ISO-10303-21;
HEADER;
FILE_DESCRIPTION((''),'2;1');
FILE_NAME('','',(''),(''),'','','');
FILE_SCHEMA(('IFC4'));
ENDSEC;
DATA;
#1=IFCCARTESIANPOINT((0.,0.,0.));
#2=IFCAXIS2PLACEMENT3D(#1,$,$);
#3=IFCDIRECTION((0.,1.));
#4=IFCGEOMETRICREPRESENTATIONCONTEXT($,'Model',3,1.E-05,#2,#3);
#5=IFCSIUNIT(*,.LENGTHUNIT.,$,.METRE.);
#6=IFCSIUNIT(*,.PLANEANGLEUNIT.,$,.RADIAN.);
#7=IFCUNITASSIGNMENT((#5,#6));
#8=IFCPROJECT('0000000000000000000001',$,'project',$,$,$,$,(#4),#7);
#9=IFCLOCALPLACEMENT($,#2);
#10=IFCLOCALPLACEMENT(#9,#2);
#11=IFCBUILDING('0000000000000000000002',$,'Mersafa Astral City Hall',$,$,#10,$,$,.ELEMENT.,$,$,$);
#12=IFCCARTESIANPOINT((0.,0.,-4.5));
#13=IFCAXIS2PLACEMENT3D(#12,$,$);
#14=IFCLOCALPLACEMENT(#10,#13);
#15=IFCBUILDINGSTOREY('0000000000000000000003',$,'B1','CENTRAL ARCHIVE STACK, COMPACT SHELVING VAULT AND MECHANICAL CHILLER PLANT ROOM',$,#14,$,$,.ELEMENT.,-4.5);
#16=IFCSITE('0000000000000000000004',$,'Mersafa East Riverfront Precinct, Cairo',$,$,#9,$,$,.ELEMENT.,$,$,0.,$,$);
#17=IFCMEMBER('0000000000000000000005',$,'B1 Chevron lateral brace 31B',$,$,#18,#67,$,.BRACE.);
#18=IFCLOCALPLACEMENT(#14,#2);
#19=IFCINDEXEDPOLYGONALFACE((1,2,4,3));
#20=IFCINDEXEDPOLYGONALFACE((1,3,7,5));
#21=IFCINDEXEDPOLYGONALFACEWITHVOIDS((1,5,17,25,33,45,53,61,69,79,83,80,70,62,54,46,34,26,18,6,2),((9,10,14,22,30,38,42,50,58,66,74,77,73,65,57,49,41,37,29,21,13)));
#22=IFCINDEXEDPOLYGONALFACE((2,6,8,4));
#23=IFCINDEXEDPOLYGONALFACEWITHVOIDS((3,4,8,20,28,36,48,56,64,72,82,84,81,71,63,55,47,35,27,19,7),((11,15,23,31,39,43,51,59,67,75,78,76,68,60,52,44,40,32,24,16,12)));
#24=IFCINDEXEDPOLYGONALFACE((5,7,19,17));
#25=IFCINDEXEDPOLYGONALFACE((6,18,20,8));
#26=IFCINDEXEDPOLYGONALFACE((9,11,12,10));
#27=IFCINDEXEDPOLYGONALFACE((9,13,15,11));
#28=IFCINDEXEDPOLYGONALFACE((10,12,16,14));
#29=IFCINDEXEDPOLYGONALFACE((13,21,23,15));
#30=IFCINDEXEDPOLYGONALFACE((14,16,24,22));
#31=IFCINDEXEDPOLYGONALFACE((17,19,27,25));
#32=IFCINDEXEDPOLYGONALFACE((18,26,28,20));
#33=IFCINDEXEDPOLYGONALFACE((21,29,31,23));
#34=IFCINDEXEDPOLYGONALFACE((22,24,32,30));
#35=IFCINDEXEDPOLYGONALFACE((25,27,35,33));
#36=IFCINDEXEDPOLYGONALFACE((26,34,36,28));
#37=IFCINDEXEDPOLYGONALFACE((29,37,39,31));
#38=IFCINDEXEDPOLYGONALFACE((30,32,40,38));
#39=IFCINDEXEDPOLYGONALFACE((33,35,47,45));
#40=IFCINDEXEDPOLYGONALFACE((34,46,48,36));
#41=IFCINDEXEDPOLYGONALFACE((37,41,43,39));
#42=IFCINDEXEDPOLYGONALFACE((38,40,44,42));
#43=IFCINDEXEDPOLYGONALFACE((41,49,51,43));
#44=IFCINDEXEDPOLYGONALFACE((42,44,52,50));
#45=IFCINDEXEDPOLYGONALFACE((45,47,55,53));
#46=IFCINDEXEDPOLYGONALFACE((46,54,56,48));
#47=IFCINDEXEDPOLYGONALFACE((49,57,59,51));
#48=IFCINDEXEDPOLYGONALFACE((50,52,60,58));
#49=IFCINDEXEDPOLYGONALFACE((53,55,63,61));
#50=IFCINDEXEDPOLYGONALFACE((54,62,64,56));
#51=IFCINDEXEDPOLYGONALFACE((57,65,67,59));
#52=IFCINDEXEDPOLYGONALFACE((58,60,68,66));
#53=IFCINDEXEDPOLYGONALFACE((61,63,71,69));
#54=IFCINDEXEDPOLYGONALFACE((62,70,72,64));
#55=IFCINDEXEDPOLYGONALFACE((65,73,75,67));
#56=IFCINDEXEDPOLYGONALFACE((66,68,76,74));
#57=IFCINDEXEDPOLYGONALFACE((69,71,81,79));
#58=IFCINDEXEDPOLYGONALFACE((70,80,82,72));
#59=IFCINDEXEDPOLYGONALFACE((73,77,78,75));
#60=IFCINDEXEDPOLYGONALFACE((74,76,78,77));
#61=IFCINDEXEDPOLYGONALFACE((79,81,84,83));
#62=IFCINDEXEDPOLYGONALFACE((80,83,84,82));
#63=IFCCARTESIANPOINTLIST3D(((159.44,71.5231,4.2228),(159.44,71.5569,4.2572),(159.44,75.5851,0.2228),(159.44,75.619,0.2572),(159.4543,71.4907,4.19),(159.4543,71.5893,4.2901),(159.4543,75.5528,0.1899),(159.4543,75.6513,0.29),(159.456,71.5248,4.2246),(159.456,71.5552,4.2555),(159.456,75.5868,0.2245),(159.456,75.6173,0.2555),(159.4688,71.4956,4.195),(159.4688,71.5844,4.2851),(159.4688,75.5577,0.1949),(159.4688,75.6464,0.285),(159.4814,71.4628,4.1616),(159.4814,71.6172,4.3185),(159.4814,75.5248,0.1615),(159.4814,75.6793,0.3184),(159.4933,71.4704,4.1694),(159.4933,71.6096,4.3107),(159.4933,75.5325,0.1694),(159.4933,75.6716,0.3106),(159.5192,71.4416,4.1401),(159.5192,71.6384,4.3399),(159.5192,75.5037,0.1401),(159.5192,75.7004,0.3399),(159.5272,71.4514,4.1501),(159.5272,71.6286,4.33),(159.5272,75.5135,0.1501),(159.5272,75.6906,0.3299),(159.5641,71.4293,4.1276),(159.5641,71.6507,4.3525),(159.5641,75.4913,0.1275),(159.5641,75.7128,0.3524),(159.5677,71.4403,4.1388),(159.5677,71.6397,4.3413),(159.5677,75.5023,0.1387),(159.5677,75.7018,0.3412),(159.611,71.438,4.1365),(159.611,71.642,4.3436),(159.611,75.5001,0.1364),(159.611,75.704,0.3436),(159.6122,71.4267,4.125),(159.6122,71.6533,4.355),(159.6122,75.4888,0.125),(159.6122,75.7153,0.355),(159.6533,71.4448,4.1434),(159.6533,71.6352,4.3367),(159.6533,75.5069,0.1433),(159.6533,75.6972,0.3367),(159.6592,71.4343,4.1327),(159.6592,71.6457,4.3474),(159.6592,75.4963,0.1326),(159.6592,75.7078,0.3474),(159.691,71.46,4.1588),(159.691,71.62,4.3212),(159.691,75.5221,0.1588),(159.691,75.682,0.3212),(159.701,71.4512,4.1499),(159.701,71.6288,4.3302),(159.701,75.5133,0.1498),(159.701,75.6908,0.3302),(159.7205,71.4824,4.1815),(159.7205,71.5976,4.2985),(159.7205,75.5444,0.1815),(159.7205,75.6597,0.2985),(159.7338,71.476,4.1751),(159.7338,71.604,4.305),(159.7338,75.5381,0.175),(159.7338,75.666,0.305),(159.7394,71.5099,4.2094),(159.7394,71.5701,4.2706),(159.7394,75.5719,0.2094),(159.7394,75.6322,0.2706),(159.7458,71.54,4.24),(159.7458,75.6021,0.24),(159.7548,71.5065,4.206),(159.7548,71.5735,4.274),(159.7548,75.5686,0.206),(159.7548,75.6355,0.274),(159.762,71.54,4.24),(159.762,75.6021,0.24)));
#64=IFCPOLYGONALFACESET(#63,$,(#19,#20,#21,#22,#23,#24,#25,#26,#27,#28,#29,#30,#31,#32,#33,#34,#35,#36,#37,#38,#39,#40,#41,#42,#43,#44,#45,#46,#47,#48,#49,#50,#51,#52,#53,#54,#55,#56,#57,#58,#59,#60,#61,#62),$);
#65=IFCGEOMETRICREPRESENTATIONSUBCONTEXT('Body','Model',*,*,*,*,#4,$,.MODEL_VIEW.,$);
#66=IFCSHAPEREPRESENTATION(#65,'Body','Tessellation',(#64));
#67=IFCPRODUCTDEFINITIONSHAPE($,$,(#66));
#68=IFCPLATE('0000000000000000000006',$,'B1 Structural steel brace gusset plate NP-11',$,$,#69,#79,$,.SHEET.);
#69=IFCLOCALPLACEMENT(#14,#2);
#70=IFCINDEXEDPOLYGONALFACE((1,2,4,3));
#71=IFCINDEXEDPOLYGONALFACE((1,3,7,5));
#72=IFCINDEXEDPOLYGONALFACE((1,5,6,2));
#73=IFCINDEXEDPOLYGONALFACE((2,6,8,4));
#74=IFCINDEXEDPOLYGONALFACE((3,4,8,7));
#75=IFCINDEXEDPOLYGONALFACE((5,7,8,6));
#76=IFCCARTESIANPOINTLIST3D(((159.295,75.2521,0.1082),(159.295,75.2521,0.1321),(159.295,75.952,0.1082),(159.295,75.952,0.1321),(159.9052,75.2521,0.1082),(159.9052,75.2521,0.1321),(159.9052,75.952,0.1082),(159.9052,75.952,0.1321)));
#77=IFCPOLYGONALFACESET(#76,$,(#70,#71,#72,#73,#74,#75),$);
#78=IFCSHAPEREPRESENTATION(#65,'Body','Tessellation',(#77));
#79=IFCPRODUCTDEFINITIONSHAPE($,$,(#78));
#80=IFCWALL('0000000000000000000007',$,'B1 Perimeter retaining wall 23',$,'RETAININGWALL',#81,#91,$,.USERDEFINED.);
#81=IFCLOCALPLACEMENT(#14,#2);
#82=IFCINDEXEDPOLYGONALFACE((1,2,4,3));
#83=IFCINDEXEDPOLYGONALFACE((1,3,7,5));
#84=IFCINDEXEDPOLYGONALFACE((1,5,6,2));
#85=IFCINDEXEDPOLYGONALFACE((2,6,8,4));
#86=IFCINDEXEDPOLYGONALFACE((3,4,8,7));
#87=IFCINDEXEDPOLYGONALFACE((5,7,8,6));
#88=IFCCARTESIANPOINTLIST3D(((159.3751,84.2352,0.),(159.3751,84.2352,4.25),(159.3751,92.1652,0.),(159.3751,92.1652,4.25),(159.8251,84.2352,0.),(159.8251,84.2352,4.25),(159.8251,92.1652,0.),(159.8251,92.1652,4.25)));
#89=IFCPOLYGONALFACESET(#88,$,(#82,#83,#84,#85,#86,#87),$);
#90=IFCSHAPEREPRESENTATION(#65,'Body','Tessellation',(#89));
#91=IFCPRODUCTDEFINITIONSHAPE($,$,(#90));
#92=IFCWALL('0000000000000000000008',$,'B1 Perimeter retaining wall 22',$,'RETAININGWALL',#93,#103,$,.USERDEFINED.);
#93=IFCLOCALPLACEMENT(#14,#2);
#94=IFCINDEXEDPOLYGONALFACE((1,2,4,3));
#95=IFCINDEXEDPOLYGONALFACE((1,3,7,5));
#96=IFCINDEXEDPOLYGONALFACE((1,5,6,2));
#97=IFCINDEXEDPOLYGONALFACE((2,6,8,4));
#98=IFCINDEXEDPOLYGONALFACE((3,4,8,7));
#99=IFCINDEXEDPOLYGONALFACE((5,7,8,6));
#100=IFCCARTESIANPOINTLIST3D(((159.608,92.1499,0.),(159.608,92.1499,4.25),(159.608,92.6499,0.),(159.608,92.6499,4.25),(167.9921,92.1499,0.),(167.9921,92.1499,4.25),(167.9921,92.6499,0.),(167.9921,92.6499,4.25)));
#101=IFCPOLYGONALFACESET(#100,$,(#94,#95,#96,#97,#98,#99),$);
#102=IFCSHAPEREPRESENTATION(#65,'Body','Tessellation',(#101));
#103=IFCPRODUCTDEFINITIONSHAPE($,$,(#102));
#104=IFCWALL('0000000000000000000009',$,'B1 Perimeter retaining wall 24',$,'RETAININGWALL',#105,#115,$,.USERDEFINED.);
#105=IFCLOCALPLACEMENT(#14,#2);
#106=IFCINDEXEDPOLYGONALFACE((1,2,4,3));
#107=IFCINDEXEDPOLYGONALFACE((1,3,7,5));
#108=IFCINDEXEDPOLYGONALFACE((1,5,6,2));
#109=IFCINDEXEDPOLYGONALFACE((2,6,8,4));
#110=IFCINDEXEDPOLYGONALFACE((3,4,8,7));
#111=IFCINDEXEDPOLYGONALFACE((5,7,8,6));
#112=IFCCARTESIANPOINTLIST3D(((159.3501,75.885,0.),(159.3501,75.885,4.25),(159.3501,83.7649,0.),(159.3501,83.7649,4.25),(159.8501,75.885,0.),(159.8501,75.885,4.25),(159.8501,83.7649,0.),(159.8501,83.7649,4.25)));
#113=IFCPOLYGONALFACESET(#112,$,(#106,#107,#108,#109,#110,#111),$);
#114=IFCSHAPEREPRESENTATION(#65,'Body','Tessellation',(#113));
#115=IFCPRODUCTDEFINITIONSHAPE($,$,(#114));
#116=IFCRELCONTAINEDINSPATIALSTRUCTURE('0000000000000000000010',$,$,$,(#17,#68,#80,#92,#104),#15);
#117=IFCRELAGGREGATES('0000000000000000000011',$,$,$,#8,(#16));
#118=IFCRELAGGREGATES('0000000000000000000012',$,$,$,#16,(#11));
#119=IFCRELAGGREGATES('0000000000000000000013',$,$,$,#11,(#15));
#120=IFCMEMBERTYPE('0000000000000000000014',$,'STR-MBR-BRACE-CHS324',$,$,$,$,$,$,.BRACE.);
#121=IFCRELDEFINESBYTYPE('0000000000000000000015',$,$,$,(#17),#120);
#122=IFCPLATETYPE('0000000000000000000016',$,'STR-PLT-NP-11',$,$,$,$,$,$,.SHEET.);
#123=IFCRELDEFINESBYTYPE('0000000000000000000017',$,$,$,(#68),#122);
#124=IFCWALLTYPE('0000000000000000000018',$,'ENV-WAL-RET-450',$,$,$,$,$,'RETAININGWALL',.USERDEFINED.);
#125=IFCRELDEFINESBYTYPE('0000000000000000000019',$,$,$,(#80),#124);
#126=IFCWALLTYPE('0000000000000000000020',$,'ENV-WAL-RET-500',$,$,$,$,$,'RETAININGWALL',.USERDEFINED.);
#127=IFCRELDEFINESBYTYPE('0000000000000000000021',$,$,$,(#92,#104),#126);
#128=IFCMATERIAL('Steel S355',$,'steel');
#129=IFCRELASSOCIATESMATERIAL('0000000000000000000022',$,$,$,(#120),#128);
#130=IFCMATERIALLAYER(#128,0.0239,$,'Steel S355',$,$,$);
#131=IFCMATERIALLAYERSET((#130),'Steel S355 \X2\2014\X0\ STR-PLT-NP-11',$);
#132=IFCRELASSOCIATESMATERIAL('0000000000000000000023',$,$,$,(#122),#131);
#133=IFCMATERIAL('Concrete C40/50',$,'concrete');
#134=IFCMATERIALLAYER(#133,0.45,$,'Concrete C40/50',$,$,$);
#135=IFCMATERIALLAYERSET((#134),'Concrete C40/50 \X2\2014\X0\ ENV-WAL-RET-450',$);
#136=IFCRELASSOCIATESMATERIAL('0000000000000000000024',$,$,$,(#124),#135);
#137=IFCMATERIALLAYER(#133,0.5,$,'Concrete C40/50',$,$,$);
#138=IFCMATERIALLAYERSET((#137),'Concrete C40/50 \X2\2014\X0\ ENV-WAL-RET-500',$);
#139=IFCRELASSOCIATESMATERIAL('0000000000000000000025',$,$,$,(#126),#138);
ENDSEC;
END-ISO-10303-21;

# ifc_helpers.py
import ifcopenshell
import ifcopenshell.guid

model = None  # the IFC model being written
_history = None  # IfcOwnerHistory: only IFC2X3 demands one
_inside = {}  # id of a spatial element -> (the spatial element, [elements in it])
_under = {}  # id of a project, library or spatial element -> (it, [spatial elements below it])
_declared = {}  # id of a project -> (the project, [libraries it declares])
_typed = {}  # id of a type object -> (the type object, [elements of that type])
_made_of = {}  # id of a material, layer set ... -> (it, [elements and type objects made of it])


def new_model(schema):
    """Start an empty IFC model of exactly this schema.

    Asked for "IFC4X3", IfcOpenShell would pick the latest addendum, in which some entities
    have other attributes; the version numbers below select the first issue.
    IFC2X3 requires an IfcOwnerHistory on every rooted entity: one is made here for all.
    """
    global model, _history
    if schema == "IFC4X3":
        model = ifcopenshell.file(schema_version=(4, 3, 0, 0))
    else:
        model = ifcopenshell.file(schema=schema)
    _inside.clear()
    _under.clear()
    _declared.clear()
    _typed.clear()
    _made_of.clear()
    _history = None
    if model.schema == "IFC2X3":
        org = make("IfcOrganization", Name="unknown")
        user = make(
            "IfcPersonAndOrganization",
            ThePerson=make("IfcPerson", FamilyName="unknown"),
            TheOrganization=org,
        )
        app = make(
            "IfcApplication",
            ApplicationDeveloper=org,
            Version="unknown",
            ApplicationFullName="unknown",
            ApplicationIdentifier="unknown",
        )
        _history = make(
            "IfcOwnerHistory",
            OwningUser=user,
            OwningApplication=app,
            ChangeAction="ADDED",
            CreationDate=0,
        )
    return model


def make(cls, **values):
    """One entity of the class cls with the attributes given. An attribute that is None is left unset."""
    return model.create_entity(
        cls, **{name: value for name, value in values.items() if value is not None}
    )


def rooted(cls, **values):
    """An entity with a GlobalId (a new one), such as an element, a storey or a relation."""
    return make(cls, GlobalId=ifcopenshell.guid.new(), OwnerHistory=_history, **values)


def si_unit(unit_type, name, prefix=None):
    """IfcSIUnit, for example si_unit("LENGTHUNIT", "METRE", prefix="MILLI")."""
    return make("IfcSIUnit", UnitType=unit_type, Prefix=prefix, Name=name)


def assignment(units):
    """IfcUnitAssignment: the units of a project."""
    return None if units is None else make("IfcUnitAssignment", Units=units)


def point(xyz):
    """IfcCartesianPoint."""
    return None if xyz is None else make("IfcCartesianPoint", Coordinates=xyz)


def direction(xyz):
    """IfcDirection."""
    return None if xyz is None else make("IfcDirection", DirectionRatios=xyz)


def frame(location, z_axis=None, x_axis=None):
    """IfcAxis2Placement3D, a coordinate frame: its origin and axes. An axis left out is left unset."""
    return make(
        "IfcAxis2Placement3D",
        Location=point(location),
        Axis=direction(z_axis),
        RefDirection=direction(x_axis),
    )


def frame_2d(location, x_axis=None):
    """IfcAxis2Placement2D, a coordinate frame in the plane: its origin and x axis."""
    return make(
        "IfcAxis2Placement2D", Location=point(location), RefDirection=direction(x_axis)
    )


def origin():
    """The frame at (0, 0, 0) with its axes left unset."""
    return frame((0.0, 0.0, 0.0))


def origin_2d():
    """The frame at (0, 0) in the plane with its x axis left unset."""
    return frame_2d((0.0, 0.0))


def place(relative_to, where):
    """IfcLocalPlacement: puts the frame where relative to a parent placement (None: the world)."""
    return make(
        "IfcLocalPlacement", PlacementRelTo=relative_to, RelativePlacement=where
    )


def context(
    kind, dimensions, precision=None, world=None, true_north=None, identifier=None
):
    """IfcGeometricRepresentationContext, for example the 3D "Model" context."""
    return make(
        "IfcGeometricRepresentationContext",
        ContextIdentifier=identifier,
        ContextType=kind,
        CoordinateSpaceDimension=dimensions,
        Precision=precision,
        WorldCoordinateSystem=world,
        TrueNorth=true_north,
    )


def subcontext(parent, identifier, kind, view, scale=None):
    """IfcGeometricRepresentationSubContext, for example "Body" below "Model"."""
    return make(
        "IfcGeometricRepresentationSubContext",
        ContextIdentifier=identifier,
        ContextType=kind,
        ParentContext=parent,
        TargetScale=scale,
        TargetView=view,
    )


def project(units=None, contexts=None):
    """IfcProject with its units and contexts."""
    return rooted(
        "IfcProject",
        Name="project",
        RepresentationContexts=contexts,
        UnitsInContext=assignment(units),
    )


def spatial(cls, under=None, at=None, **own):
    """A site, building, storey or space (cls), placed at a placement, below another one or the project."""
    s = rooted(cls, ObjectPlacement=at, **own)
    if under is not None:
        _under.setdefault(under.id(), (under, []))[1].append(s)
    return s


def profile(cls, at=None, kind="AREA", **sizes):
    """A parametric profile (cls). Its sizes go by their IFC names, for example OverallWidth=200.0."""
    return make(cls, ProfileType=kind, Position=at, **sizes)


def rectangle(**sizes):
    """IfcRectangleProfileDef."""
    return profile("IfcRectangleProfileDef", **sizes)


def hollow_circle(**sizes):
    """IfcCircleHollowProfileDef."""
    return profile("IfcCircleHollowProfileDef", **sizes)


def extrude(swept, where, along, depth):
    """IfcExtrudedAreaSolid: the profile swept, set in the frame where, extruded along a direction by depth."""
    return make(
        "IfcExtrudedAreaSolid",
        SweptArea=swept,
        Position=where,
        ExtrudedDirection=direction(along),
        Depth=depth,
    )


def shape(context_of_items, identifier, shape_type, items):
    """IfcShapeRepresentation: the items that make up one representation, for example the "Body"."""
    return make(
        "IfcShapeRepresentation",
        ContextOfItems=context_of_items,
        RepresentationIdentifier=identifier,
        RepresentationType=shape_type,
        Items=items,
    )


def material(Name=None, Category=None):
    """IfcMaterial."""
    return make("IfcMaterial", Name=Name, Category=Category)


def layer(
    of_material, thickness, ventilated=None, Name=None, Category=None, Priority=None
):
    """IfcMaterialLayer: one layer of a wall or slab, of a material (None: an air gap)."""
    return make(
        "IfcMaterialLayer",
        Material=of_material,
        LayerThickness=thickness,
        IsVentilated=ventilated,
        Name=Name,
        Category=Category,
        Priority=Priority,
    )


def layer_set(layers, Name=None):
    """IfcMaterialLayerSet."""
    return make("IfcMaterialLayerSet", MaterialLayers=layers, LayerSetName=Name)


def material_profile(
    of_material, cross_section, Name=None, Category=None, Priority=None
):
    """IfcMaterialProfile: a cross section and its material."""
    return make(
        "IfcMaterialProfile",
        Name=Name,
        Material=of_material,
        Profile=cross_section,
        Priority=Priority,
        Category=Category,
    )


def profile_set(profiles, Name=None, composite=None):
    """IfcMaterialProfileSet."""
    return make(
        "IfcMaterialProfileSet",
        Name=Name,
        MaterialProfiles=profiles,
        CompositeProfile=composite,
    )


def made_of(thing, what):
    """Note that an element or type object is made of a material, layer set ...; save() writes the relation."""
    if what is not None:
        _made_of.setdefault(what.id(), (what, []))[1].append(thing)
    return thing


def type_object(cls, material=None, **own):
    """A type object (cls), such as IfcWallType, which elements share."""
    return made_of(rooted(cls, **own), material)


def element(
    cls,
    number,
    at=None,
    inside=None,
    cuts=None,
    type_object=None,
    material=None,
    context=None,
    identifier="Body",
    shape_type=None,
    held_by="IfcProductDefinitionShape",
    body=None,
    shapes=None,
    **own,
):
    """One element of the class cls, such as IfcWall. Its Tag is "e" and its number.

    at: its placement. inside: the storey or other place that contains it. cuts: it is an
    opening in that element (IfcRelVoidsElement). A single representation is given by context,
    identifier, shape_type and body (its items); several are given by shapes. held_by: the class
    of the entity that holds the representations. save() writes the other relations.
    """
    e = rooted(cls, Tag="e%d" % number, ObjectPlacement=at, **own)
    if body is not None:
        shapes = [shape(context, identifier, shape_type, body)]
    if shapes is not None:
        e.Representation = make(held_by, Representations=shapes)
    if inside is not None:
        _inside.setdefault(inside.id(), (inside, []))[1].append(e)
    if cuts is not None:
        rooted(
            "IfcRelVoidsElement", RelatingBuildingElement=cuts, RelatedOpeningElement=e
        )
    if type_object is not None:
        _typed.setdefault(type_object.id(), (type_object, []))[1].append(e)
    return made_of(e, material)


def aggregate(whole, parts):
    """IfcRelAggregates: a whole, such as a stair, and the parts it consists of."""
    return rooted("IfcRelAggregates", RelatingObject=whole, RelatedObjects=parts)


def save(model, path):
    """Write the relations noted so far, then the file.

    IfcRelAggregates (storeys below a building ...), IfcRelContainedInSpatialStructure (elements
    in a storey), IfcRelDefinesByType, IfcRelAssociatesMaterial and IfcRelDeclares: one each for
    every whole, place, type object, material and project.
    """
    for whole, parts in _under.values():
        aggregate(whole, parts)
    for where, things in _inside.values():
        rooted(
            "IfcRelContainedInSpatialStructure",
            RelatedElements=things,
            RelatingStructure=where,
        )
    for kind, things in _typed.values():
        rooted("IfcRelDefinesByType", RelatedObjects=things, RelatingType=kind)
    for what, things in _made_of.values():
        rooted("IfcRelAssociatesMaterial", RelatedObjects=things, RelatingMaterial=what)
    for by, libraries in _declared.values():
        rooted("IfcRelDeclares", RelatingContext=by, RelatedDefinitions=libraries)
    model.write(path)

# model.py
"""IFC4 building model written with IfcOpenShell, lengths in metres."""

from ifc_helpers import new_model, si_unit, direction, frame, frame_2d, origin, origin_2d, place, context, subcontext, project, spatial, rectangle, hollow_circle, extrude, material, layer, layer_set, material_profile, profile_set, type_object, element, save


model = new_model("IFC4")

# Units and contexts
model_context = context("Model", 3, precision=1e-05, world=origin(), true_north=direction((0.0, 1.0)))
body_context = subcontext(model_context, "Body", "Model", "MODEL_VIEW")
ifc_project = project(units=[si_unit("LENGTHUNIT", "METRE"), si_unit("PLANEANGLEUNIT", "RADIAN")], contexts=[model_context])

# Site, building, storey
site_placement = place(None, origin())
site = spatial("IfcSite", under=ifc_project, at=site_placement, Name="Mersafa East Riverfront Precinct, Cairo", CompositionType="ELEMENT", RefElevation=0.0)
building_placement = place(site_placement, origin())
building = spatial("IfcBuilding", under=site, at=building_placement, Name="Mersafa Astral City Hall", CompositionType="ELEMENT")
storey_placement = place(building_placement, frame((0.0, 0.0, -4.5)))
storey = spatial("IfcBuildingStorey", under=building, at=storey_placement, Name="B1", Description="CENTRAL ARCHIVE STACK, COMPACT SHELVING VAULT AND MECHANICAL CHILLER PLANT ROOM", CompositionType="ELEMENT", Elevation=-4.5)

# Shared definitions
ifc_material_1 = material(Name="Concrete C40/50", Category="concrete")

# Shared definitions
ifc_material_2 = material(Name="Steel S355", Category="steel")

# Member
ifc_material_profile_1 = material_profile(ifc_material_2, hollow_circle(Radius=0.1619, WallThickness=0.0161, at=origin_2d()), Name="CHS 323.9x16")
ifc_profile_set_1 = profile_set([ifc_material_profile_1], Name="Steel S355")
member_type = type_object("IfcMemberType", Name="STR-MBR-BRACE-CHS324", PredefinedType="BRACE", material=ifc_profile_set_1)
member_placement = place(storey_placement, frame((159.6001, 75.6021, 0.24), z_axis=(0.0, -0.712525, 0.701647), x_axis=(1.0, 0.0, 0.0)))
element("IfcMember", 1, at=member_placement, inside=storey, type_object=member_type, Name="B1 Chevron lateral brace 31B", PredefinedType="BRACE", context=body_context, shape_type="SweptSolid", body=[
    extrude(hollow_circle(Radius=0.1619, WallThickness=0.0161, at=origin_2d()), origin(), (0.0, 0.0, 1.0), 5.7009),
])

# Plate
ifc_layer_1 = layer(ifc_material_2, 0.0239, Name="Steel S355")
ifc_layer_set_1 = layer_set([ifc_layer_1], Name="Steel S355 — STR-PLT-NP-11")
plate_type = type_object("IfcPlateType", Name="STR-PLT-NP-11", PredefinedType="SHEET", material=ifc_layer_set_1)
plate_placement = place(storey_placement, frame((159.6001, 75.6021, 0.1082), z_axis=(0.0, 0.0, 1.0), x_axis=(1.0, 0.0, 0.0)))
element("IfcPlate", 2, at=plate_placement, inside=storey, type_object=plate_type, Name="B1 Structural steel brace gusset plate NP-11", PredefinedType="SHEET", context=body_context, shape_type="SweptSolid", body=[
    extrude(rectangle(XDim=0.6101, YDim=0.7, at=origin_2d()), origin(), (0.0, 0.0, 1.0), 0.0239),
])

# Walls
ifc_layer_2 = layer(ifc_material_1, 0.45, Name="Concrete C40/50")
ifc_layer_set_2 = layer_set([ifc_layer_2], Name="Concrete C40/50 — ENV-WAL-RET-450")
wall_type_1 = type_object("IfcWallType", Name="ENV-WAL-RET-450", ElementType="RETAININGWALL", PredefinedType="USERDEFINED", material=ifc_layer_set_2)
wall_1_placement = place(storey_placement, frame((159.6001, 92.165, 0.0), z_axis=(0.0, 0.0, 1.0), x_axis=(0.0, -1.0, 0.0)))
element("IfcWall", 3, at=wall_1_placement, inside=storey, type_object=wall_type_1, Name="B1 Perimeter retaining wall 23", ObjectType="RETAININGWALL", PredefinedType="USERDEFINED", context=body_context, shape_type="SweptSolid", body=[
    extrude(rectangle(XDim=7.9299, YDim=0.45, at=frame_2d((3.9648, 0.0))), origin(), (0.0, 0.0, 1.0), 4.25),
])
ifc_layer_3 = layer(ifc_material_1, 0.5, Name="Concrete C40/50")
ifc_layer_set_3 = layer_set([ifc_layer_3], Name="Concrete C40/50 — ENV-WAL-RET-500")
wall_type_2 = type_object("IfcWallType", Name="ENV-WAL-RET-500", ElementType="RETAININGWALL", PredefinedType="USERDEFINED", material=ifc_layer_set_3)
wall_2_placement = place(storey_placement, frame((167.9919, 92.3999, 0.0), z_axis=(0.0, 0.0, 1.0), x_axis=(-1.0, 0.0, 0.0)))
element("IfcWall", 4, at=wall_2_placement, inside=storey, type_object=wall_type_2, Name="B1 Perimeter retaining wall 22", ObjectType="RETAININGWALL", PredefinedType="USERDEFINED", context=body_context, shape_type="SweptSolid", body=[
    extrude(rectangle(XDim=8.384, YDim=0.5, at=frame_2d((4.1919, 0.0))), origin(), (0.0, 0.0, 1.0), 4.25),
])
wall_3_placement = place(storey_placement, frame((159.6001, 83.7649, 0.0), z_axis=(0.0, 0.0, 1.0), x_axis=(0.0, -1.0, 0.0)))
element("IfcWall", 5, at=wall_3_placement, inside=storey, type_object=wall_type_2, Name="B1 Perimeter retaining wall 24", ObjectType="RETAININGWALL", PredefinedType="USERDEFINED", context=body_context, shape_type="SweptSolid", body=[
    extrude(rectangle(XDim=7.8799, YDim=0.5, at=frame_2d((3.9399, 0.0))), origin(), (0.0, 0.0, 1.0), 4.25),
])

save(model, "model.ifc")
